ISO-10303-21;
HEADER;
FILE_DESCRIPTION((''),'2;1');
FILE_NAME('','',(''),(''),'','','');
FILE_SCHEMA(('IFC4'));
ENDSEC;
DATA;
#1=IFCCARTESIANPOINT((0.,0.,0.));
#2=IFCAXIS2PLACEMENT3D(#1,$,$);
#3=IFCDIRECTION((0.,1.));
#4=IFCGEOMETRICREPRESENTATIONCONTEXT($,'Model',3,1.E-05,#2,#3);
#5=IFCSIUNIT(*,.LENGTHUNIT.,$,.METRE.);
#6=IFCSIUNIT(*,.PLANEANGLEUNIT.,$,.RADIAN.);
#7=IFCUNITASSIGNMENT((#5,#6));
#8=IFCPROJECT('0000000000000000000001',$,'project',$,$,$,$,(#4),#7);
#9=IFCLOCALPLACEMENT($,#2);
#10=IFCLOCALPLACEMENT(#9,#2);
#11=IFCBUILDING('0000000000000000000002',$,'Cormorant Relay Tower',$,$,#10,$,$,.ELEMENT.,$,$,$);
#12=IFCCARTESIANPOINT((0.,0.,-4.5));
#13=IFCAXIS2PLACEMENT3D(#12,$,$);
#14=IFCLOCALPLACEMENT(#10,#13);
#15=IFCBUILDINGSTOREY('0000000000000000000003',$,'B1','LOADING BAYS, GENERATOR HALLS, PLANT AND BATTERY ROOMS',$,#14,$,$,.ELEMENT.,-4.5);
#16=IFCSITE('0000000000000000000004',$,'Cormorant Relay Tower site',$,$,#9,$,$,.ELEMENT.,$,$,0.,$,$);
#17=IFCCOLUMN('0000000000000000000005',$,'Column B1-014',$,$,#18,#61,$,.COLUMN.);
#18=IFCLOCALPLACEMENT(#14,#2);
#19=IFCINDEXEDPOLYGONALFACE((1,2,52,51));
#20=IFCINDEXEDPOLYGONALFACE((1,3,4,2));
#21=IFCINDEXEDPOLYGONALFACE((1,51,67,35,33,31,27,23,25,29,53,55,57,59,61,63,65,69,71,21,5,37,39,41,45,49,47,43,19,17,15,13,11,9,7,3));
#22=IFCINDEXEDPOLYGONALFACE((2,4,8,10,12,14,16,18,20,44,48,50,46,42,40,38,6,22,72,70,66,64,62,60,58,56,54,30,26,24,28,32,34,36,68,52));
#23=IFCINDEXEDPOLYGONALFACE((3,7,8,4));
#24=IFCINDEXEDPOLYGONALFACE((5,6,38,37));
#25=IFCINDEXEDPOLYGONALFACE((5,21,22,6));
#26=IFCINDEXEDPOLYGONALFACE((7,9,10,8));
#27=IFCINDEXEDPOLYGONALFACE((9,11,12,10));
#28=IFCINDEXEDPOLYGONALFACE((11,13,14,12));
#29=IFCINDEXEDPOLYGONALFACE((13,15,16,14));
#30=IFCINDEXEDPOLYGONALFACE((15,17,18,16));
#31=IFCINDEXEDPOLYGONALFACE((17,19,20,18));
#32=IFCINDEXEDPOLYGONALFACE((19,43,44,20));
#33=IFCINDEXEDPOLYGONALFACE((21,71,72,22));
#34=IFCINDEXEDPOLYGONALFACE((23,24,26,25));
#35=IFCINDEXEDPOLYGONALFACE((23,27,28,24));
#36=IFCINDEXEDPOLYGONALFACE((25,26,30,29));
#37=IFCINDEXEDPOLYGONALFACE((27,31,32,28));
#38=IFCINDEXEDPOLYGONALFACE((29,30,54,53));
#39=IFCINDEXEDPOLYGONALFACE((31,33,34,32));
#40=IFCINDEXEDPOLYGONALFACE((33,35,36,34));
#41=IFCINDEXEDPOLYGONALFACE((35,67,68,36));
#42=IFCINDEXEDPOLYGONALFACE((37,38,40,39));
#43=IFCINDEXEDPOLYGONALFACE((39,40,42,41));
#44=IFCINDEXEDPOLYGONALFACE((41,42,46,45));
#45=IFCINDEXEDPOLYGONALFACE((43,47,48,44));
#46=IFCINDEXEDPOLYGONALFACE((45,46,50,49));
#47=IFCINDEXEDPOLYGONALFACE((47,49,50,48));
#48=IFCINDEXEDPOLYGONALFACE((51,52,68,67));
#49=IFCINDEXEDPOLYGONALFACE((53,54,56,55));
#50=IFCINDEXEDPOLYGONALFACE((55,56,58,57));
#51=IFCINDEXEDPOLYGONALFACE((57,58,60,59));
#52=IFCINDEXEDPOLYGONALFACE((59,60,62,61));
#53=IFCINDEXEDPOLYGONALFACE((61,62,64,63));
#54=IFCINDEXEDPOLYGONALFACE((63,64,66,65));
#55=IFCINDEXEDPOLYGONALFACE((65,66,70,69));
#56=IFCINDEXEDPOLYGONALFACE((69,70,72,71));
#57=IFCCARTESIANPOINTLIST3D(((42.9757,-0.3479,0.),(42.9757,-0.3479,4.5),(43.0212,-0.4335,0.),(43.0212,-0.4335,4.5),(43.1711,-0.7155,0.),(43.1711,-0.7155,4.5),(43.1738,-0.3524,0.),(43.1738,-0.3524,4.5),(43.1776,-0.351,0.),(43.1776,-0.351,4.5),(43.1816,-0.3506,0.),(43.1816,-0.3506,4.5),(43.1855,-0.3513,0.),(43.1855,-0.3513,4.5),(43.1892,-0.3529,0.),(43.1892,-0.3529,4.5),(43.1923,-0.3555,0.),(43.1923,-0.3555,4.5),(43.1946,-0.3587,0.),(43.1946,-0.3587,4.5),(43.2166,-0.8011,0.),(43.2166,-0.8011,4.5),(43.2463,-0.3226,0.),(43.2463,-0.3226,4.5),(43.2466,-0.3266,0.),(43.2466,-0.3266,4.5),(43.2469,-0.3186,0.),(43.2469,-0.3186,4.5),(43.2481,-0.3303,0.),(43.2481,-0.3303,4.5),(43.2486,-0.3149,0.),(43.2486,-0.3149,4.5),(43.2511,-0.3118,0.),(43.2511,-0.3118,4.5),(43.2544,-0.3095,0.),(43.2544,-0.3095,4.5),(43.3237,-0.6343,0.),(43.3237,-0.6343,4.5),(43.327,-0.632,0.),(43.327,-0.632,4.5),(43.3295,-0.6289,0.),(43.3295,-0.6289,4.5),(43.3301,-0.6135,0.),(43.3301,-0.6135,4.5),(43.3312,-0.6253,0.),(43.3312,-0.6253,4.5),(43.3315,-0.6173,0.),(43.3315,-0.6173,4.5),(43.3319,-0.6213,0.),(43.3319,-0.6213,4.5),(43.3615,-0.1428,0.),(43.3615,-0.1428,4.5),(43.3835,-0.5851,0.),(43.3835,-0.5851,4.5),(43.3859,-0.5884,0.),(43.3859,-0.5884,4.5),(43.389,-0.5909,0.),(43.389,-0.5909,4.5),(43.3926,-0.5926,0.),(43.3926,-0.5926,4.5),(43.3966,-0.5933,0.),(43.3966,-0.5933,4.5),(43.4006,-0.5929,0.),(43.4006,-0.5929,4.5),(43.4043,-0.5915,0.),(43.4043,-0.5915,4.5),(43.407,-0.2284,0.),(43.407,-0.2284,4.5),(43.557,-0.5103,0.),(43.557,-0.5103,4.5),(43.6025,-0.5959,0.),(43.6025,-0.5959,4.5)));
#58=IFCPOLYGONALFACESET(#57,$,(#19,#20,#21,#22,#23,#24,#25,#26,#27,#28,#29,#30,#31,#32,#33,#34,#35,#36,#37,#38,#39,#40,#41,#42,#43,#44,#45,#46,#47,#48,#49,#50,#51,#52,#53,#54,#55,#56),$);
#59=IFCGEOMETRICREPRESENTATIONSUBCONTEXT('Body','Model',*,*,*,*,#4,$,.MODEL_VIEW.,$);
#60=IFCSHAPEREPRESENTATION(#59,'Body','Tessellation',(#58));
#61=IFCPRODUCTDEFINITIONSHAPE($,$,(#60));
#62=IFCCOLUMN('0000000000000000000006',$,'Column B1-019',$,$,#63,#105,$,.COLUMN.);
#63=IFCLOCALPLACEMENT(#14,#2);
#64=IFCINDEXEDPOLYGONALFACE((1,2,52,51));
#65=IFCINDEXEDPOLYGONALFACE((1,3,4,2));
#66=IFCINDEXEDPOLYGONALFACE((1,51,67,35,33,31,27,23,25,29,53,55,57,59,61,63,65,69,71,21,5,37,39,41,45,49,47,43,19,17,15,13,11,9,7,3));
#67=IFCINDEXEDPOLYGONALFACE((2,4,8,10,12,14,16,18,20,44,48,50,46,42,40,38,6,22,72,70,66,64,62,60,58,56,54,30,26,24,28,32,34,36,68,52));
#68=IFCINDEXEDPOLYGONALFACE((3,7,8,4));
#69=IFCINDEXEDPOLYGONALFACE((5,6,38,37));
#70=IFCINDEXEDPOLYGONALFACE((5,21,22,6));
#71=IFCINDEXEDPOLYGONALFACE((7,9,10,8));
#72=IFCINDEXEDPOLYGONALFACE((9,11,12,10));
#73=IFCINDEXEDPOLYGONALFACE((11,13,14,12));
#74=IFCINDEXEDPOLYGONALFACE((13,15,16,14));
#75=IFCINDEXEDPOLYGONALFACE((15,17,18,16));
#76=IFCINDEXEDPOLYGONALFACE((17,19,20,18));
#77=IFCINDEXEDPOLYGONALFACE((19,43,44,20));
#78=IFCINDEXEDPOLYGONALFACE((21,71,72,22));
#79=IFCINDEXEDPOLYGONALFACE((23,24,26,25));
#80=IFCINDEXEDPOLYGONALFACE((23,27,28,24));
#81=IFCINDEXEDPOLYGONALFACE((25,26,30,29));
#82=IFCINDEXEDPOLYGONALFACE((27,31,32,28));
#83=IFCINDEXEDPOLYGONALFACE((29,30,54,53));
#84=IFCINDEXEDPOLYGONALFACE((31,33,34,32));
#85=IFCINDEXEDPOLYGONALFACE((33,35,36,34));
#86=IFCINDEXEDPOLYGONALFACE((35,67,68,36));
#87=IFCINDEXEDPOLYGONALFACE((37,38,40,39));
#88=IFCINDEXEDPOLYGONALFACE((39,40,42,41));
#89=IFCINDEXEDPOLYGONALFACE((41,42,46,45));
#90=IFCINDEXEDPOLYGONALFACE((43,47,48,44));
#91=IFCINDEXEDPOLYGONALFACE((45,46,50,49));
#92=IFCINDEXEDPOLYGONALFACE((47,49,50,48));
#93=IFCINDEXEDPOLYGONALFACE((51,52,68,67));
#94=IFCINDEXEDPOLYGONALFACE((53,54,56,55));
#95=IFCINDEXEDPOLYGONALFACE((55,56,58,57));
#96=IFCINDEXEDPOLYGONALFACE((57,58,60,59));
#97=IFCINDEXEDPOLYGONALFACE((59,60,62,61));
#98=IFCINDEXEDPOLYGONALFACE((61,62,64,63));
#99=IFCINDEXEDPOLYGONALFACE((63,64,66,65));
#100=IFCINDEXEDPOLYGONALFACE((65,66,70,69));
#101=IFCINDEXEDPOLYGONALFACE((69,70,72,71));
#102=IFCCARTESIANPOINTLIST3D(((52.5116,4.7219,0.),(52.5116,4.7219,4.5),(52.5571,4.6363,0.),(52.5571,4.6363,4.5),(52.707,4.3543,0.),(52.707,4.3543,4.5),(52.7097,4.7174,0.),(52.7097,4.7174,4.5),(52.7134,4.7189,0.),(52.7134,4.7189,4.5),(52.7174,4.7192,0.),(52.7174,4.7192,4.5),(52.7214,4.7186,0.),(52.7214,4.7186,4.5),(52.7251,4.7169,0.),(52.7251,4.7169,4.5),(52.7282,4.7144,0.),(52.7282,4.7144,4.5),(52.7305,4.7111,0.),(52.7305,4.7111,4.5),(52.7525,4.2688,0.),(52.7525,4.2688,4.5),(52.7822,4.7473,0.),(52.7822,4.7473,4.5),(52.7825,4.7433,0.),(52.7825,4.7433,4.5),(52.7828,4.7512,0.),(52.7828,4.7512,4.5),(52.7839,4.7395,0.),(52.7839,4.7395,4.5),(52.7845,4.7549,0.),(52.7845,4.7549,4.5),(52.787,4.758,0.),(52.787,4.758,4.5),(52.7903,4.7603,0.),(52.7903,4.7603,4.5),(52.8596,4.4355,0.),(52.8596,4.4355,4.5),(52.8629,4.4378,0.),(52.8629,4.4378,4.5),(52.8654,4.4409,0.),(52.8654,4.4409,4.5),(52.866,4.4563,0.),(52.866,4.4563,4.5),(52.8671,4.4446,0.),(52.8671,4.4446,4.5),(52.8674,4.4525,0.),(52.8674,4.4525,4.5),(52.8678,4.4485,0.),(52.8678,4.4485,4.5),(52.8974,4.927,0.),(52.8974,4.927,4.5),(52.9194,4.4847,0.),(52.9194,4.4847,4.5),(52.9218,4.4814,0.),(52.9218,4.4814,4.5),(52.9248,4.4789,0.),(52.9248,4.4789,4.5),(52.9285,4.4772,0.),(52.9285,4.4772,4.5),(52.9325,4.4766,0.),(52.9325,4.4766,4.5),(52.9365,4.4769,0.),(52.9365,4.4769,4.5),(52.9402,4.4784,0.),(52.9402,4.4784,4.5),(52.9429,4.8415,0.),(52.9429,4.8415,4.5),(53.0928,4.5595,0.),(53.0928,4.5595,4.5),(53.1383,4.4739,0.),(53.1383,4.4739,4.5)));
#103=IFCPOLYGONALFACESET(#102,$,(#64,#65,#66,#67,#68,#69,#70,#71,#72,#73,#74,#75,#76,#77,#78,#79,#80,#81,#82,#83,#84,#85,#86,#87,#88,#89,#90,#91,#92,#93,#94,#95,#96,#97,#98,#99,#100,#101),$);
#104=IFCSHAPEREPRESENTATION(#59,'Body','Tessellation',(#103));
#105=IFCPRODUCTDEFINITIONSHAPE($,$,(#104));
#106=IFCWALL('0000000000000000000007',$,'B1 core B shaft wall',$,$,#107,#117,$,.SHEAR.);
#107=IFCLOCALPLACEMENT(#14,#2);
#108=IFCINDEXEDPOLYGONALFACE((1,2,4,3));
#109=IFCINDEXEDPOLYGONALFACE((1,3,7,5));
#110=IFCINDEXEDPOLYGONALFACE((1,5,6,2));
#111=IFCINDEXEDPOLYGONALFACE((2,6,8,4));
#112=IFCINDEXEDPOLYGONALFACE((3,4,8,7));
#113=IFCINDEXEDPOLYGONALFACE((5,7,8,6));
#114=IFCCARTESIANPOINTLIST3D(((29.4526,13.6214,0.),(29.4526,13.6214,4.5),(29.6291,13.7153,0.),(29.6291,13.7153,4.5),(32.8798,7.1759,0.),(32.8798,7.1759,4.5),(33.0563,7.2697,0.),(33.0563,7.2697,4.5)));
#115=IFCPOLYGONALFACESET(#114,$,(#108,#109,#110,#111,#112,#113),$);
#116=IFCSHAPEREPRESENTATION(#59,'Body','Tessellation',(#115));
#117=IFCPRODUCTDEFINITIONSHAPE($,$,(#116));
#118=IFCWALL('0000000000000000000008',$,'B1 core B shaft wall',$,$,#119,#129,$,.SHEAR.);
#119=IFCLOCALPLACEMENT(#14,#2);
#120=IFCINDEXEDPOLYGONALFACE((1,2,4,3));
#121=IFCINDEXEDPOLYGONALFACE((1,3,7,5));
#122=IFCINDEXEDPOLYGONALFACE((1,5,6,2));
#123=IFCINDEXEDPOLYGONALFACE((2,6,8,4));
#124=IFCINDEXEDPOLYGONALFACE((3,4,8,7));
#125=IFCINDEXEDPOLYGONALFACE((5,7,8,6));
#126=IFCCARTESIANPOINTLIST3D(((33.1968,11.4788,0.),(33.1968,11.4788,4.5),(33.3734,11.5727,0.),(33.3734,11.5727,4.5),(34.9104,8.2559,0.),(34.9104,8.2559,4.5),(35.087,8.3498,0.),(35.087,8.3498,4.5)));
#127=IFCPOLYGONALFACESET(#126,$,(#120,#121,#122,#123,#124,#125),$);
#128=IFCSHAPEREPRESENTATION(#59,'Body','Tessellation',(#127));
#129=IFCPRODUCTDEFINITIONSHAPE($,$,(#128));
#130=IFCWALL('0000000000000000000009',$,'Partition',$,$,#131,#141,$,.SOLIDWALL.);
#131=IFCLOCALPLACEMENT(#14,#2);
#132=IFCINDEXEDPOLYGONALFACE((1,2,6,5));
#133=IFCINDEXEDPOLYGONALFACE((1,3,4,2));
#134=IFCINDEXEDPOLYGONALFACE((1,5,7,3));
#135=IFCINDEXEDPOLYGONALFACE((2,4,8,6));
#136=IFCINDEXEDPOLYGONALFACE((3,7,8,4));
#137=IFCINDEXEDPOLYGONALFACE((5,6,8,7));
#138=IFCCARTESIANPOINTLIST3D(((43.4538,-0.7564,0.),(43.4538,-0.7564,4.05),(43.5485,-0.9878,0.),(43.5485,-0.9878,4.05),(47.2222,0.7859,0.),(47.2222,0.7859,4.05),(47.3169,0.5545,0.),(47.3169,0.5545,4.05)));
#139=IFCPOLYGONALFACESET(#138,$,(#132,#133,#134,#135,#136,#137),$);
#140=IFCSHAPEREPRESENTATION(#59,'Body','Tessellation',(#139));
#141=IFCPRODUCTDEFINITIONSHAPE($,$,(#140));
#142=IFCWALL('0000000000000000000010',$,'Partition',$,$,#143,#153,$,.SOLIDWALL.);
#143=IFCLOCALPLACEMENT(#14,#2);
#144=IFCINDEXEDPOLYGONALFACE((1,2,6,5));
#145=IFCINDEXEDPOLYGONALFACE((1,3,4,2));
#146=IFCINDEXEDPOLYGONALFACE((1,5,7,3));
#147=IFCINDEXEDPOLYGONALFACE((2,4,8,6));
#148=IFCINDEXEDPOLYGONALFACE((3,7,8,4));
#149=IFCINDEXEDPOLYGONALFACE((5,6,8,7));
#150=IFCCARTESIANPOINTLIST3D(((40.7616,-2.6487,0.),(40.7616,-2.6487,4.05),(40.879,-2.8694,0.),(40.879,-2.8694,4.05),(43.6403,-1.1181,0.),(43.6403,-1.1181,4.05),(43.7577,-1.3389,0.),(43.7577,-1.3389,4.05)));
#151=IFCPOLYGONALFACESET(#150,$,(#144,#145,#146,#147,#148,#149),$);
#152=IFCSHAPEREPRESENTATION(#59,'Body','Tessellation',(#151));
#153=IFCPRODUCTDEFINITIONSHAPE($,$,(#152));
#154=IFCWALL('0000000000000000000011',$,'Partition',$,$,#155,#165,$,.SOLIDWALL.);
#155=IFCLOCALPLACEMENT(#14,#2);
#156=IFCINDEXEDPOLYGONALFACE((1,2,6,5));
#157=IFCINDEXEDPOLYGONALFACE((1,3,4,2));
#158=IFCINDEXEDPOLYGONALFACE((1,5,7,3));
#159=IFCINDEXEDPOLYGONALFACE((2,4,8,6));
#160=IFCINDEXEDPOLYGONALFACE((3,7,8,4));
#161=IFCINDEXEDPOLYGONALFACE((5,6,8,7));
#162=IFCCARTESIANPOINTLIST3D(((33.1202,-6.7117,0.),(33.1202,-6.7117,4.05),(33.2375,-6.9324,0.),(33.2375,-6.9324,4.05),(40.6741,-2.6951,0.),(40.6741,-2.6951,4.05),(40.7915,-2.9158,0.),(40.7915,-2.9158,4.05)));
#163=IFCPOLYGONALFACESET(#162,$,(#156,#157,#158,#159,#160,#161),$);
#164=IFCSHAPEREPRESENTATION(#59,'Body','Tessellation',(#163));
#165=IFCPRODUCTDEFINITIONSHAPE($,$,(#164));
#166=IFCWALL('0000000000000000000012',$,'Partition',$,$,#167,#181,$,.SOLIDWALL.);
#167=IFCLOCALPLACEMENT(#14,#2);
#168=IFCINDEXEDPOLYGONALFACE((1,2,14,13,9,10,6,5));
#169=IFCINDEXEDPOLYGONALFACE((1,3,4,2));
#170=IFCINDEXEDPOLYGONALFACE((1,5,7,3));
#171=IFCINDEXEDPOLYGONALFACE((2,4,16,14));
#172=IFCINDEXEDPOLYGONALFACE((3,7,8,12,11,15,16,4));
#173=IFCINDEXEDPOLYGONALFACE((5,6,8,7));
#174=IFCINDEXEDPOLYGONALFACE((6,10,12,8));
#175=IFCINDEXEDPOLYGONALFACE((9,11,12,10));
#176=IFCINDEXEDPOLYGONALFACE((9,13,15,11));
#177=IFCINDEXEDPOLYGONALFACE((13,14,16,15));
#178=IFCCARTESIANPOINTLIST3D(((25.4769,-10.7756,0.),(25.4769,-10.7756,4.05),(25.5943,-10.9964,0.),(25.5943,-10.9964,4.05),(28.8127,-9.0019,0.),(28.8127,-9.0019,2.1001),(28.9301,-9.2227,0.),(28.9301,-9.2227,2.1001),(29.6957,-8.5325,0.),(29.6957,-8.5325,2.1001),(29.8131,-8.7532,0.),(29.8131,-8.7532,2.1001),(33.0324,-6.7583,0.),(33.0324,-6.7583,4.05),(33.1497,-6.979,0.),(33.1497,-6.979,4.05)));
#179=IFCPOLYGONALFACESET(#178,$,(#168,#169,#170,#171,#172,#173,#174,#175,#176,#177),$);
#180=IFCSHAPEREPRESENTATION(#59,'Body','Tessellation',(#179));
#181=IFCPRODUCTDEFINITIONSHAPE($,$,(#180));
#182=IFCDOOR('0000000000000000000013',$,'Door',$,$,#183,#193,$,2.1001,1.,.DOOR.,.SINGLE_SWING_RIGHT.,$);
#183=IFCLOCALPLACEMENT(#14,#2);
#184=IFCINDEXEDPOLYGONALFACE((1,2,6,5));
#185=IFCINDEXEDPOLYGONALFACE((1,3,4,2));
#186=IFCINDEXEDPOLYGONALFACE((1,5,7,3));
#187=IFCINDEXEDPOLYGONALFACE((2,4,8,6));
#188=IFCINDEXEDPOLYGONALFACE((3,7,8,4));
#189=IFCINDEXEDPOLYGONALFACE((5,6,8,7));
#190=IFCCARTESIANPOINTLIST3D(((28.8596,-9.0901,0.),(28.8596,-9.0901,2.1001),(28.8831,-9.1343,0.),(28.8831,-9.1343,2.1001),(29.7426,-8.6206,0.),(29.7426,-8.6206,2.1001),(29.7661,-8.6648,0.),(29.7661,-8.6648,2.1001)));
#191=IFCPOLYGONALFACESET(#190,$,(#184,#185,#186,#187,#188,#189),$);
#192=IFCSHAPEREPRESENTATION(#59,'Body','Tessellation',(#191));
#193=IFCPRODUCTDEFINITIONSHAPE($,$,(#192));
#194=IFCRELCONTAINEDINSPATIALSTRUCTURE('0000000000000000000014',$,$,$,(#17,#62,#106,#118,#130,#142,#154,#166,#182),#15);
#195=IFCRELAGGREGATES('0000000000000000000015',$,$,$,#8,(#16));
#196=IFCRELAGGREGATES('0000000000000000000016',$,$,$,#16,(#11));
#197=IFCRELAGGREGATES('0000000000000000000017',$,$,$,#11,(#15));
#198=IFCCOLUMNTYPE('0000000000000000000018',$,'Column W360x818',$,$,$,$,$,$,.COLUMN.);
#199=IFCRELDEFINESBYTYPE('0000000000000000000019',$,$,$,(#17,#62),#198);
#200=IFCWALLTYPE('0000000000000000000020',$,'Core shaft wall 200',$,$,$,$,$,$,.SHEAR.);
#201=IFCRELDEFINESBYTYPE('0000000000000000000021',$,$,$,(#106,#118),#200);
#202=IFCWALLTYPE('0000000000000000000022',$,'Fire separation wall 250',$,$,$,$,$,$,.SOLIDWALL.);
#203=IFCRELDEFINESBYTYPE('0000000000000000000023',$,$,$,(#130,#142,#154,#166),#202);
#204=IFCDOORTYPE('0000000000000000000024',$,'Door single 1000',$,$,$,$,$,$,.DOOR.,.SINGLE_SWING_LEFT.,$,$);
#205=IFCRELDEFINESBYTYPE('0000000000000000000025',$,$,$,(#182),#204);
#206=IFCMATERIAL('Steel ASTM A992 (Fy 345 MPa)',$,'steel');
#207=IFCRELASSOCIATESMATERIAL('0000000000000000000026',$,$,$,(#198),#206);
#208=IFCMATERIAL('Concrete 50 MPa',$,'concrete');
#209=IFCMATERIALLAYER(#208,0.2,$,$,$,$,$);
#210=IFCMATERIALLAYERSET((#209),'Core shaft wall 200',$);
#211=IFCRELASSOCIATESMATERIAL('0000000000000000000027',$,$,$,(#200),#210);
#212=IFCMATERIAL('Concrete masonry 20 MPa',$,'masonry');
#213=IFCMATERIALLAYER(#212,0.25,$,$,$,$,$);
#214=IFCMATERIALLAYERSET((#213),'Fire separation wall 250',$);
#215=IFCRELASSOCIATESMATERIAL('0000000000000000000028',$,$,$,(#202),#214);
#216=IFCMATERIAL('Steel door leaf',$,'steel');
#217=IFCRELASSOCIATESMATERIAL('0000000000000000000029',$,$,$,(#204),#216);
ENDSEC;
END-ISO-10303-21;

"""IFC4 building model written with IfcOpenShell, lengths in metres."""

from ifc_helpers import new_model, si_unit, direction, frame, frame_2d, origin, origin_2d, place, context, subcontext, project, spatial, rectangle, i_section, extrude, material, layer, layer_set, material_profile, profile_set, type_object, element, fill, save


model = new_model("IFC4")

# Units and contexts
model_context = context("Model", 3, precision=1e-05, world=origin(), true_north=direction((0.0, 1.0)))
body_context = subcontext(model_context, "Body", "Model", "MODEL_VIEW")
ifc_project = project(units=[si_unit("LENGTHUNIT", "METRE"), si_unit("PLANEANGLEUNIT", "RADIAN")], contexts=[model_context])

# Site, building, storey
site_placement = place(None, origin())
site = spatial("IfcSite", under=ifc_project, at=site_placement, Name="Cormorant Relay Tower site", CompositionType="ELEMENT", RefElevation=0.0)
building_placement = place(site_placement, origin())
building = spatial("IfcBuilding", under=site, at=building_placement, Name="Cormorant Relay Tower", CompositionType="ELEMENT")
storey_placement = place(building_placement, frame((0.0, 0.0, -4.5)))
storey = spatial("IfcBuildingStorey", under=building, at=storey_placement, Name="B1", Description="LOADING BAYS, GENERATOR HALLS, PLANT AND BATTERY ROOMS", CompositionType="ELEMENT", Elevation=-4.5)

# Columns
ifc_material_1 = material(Name="Steel ASTM A992 (Fy 345 MPa)", Category="steel")
ifc_material_profile_1 = material_profile(ifc_material_1, i_section(OverallWidth=0.437, OverallDepth=0.5132, WebThickness=0.0605, FlangeThickness=0.0969, FilletRadius=0.0154, at=origin_2d()), Name="W360x818")
ifc_profile_set_1 = profile_set([ifc_material_profile_1], Name="Steel ASTM A992 (Fy 345 MPa)")
column_type_1 = type_object("IfcColumnType", Name="Column W360x818", PredefinedType="COLUMN", material=ifc_profile_set_1)
for number, where, z_axis, x_axis, name in (
    (1, (43.2891, -0.4719, 0.0), (0.0, 0.0, 1.0), (0.882948, 0.469472, 0.0), "Column B1-014"),
    (2, (52.825, 4.5979, 0.0), (0.0, 0.0, 1.0), (0.882948, 0.469472, 0.0), "Column B1-019"),
):
    element("IfcColumn", number, at=place(storey_placement, frame(where, z_axis=z_axis, x_axis=x_axis)), inside=storey, type_object=column_type_1, Name=name, PredefinedType="COLUMN", context=body_context, shape_type="SweptSolid", body=[
        extrude(i_section(OverallWidth=0.437, OverallDepth=0.5132, WebThickness=0.0605, FlangeThickness=0.0969, FilletRadius=0.0154, at=origin_2d()), origin(), (0.0, 0.0, 1.0), 4.5),
    ])

# Walls
ifc_material_2 = material(Name="Concrete 50 MPa", Category="concrete")
ifc_layer_1 = layer(ifc_material_2, 0.2)
ifc_layer_set_1 = layer_set([ifc_layer_1], Name="Core shaft wall 200")
wall_type_1 = type_object("IfcWallType", Name="Core shaft wall 200", PredefinedType="SHEAR", material=ifc_layer_set_1)
wall_1_placement = place(storey_placement, frame((32.968, 7.2229, 0.0), z_axis=(0.0, 0.0, 1.0), x_axis=(-0.46948, 0.882943, 0.0)))
element("IfcWall", 3, at=wall_1_placement, inside=storey, type_object=wall_type_1, Name="B1 core B shaft wall", PredefinedType="SHEAR", context=body_context, shape_type="SweptSolid", body=[
    extrude(rectangle(XDim=7.3, YDim=0.2, at=frame_2d((3.6499, 0.0))), origin(), (0.0, 0.0, 1.0), 4.5),
])
wall_2_placement = place(storey_placement, frame((34.9988, 8.3027, 0.0), z_axis=(0.0, 0.0, 1.0), x_axis=(-0.469467, 0.88295, 0.0)))
element("IfcWall", 4, at=wall_2_placement, inside=storey, type_object=wall_type_1, Name="B1 core B shaft wall", PredefinedType="SHEAR", context=body_context, shape_type="SweptSolid", body=[
    extrude(rectangle(XDim=3.6501, YDim=0.2, at=frame_2d((1.8252, 0.0))), origin(), (0.0, 0.0, 1.0), 4.5),
])

# Walls
ifc_material_3 = material(Name="Concrete masonry 20 MPa", Category="masonry")
ifc_layer_2 = layer(ifc_material_3, 0.25)
ifc_layer_set_2 = layer_set([ifc_layer_2], Name="Fire separation wall 250")
wall_type_2 = type_object("IfcWallType", Name="Fire separation wall 250", PredefinedType="SOLIDWALL", material=ifc_layer_set_2)
wall_3_placement = place(storey_placement, frame((47.2695, 0.6702, 0.0), z_axis=(0.0, 0.0, 1.0), x_axis=(-0.925491, -0.378771, 0.0)))
element("IfcWall", 5, at=wall_3_placement, inside=storey, type_object=wall_type_2, Name="Partition", PredefinedType="SOLIDWALL", context=body_context, shape_type="SweptSolid", body=[
    extrude(rectangle(XDim=4.0718, YDim=0.25, at=frame_2d((2.0359, 0.0))), origin(), (0.0, 0.0, 1.0), 4.05),
])
wall_4_placement = place(storey_placement, frame((43.699, -1.2285, 0.0), z_axis=(0.0, 0.0, 1.0), x_axis=(-0.88296, -0.469449, 0.0)))
element("IfcWall", 6, at=wall_4_placement, inside=storey, type_object=wall_type_2, Name="Partition", PredefinedType="SOLIDWALL", context=body_context, shape_type="SweptSolid", body=[
    extrude(rectangle(XDim=3.2603, YDim=0.25, at=frame_2d((1.6301, 0.0))), origin(), (0.0, 0.0, 1.0), 4.05),
])
wall_5_placement = place(storey_placement, frame((40.7329, -2.8054, 0.0), z_axis=(0.0, 0.0, 1.0), x_axis=(-0.882943, -0.46948, 0.0)))
element("IfcWall", 7, at=wall_5_placement, inside=storey, type_object=wall_type_2, Name="Partition", PredefinedType="SOLIDWALL", context=body_context, shape_type="SweptSolid", body=[
    extrude(rectangle(XDim=8.5554, YDim=0.25, at=frame_2d((4.2778, 0.0))), origin(), (0.0, 0.0, 1.0), 4.05),
])

# Wall, opening, door
wall_6_placement = place(storey_placement, frame((33.0911, -6.8687, 0.0), z_axis=(0.0, 0.0, 1.0), x_axis=(-0.882945, -0.469476, 0.0)))
wall_6 = element("IfcWall", 8, at=wall_6_placement, inside=storey, type_object=wall_type_2, Name="Partition", PredefinedType="SOLIDWALL", context=body_context, shape_type="SweptSolid", body=[
    extrude(rectangle(XDim=8.5571, YDim=0.25, at=frame_2d((4.2786, 0.0))), origin(), (0.0, 0.0, 1.0), 4.05),
])
opening_1_placement = place(wall_6_placement, frame((3.7791, 0.0, 0.0)))
opening_1 = element("IfcOpeningElement", 9, at=opening_1_placement, cuts=wall_6, PredefinedType="OPENING", context=body_context, shape_type="SweptSolid", body=[
    extrude(rectangle(XDim=1.0, YDim=2.1001, at=frame_2d((0.5, 1.05))), frame((0.0, 0.135, 0.0), z_axis=(0.0, -1.0, 0.0), x_axis=(1.0, 0.0, 0.0)), (0.0, 0.0, 1.0), 0.27),
])
ifc_material_4 = material(Name="Steel door leaf", Category="steel")
door_type_1 = type_object("IfcDoorType", Name="Door single 1000", OperationType="SINGLE_SWING_LEFT", PredefinedType="DOOR", material=ifc_material_4)
door_1_placement = place(opening_1_placement, origin())
door_1 = element("IfcDoor", 10, at=door_1_placement, inside=storey, type_object=door_type_1, Name="Door", OperationType="SINGLE_SWING_RIGHT", OverallHeight=2.1001, OverallWidth=1.0, PredefinedType="DOOR", context=body_context, shape_type="SweptSolid", body=[
    extrude(rectangle(XDim=1.0, YDim=2.1001, at=frame_2d((0.5, 1.05))), frame((0.0, 0.0249, 0.0), z_axis=(0.0, -1.0, 0.0), x_axis=(1.0, 0.0, 0.0)), (0.0, 0.0, 1.0), 0.05),
])
fill(opening_1, door_1)

save(model, "model.ifc")
